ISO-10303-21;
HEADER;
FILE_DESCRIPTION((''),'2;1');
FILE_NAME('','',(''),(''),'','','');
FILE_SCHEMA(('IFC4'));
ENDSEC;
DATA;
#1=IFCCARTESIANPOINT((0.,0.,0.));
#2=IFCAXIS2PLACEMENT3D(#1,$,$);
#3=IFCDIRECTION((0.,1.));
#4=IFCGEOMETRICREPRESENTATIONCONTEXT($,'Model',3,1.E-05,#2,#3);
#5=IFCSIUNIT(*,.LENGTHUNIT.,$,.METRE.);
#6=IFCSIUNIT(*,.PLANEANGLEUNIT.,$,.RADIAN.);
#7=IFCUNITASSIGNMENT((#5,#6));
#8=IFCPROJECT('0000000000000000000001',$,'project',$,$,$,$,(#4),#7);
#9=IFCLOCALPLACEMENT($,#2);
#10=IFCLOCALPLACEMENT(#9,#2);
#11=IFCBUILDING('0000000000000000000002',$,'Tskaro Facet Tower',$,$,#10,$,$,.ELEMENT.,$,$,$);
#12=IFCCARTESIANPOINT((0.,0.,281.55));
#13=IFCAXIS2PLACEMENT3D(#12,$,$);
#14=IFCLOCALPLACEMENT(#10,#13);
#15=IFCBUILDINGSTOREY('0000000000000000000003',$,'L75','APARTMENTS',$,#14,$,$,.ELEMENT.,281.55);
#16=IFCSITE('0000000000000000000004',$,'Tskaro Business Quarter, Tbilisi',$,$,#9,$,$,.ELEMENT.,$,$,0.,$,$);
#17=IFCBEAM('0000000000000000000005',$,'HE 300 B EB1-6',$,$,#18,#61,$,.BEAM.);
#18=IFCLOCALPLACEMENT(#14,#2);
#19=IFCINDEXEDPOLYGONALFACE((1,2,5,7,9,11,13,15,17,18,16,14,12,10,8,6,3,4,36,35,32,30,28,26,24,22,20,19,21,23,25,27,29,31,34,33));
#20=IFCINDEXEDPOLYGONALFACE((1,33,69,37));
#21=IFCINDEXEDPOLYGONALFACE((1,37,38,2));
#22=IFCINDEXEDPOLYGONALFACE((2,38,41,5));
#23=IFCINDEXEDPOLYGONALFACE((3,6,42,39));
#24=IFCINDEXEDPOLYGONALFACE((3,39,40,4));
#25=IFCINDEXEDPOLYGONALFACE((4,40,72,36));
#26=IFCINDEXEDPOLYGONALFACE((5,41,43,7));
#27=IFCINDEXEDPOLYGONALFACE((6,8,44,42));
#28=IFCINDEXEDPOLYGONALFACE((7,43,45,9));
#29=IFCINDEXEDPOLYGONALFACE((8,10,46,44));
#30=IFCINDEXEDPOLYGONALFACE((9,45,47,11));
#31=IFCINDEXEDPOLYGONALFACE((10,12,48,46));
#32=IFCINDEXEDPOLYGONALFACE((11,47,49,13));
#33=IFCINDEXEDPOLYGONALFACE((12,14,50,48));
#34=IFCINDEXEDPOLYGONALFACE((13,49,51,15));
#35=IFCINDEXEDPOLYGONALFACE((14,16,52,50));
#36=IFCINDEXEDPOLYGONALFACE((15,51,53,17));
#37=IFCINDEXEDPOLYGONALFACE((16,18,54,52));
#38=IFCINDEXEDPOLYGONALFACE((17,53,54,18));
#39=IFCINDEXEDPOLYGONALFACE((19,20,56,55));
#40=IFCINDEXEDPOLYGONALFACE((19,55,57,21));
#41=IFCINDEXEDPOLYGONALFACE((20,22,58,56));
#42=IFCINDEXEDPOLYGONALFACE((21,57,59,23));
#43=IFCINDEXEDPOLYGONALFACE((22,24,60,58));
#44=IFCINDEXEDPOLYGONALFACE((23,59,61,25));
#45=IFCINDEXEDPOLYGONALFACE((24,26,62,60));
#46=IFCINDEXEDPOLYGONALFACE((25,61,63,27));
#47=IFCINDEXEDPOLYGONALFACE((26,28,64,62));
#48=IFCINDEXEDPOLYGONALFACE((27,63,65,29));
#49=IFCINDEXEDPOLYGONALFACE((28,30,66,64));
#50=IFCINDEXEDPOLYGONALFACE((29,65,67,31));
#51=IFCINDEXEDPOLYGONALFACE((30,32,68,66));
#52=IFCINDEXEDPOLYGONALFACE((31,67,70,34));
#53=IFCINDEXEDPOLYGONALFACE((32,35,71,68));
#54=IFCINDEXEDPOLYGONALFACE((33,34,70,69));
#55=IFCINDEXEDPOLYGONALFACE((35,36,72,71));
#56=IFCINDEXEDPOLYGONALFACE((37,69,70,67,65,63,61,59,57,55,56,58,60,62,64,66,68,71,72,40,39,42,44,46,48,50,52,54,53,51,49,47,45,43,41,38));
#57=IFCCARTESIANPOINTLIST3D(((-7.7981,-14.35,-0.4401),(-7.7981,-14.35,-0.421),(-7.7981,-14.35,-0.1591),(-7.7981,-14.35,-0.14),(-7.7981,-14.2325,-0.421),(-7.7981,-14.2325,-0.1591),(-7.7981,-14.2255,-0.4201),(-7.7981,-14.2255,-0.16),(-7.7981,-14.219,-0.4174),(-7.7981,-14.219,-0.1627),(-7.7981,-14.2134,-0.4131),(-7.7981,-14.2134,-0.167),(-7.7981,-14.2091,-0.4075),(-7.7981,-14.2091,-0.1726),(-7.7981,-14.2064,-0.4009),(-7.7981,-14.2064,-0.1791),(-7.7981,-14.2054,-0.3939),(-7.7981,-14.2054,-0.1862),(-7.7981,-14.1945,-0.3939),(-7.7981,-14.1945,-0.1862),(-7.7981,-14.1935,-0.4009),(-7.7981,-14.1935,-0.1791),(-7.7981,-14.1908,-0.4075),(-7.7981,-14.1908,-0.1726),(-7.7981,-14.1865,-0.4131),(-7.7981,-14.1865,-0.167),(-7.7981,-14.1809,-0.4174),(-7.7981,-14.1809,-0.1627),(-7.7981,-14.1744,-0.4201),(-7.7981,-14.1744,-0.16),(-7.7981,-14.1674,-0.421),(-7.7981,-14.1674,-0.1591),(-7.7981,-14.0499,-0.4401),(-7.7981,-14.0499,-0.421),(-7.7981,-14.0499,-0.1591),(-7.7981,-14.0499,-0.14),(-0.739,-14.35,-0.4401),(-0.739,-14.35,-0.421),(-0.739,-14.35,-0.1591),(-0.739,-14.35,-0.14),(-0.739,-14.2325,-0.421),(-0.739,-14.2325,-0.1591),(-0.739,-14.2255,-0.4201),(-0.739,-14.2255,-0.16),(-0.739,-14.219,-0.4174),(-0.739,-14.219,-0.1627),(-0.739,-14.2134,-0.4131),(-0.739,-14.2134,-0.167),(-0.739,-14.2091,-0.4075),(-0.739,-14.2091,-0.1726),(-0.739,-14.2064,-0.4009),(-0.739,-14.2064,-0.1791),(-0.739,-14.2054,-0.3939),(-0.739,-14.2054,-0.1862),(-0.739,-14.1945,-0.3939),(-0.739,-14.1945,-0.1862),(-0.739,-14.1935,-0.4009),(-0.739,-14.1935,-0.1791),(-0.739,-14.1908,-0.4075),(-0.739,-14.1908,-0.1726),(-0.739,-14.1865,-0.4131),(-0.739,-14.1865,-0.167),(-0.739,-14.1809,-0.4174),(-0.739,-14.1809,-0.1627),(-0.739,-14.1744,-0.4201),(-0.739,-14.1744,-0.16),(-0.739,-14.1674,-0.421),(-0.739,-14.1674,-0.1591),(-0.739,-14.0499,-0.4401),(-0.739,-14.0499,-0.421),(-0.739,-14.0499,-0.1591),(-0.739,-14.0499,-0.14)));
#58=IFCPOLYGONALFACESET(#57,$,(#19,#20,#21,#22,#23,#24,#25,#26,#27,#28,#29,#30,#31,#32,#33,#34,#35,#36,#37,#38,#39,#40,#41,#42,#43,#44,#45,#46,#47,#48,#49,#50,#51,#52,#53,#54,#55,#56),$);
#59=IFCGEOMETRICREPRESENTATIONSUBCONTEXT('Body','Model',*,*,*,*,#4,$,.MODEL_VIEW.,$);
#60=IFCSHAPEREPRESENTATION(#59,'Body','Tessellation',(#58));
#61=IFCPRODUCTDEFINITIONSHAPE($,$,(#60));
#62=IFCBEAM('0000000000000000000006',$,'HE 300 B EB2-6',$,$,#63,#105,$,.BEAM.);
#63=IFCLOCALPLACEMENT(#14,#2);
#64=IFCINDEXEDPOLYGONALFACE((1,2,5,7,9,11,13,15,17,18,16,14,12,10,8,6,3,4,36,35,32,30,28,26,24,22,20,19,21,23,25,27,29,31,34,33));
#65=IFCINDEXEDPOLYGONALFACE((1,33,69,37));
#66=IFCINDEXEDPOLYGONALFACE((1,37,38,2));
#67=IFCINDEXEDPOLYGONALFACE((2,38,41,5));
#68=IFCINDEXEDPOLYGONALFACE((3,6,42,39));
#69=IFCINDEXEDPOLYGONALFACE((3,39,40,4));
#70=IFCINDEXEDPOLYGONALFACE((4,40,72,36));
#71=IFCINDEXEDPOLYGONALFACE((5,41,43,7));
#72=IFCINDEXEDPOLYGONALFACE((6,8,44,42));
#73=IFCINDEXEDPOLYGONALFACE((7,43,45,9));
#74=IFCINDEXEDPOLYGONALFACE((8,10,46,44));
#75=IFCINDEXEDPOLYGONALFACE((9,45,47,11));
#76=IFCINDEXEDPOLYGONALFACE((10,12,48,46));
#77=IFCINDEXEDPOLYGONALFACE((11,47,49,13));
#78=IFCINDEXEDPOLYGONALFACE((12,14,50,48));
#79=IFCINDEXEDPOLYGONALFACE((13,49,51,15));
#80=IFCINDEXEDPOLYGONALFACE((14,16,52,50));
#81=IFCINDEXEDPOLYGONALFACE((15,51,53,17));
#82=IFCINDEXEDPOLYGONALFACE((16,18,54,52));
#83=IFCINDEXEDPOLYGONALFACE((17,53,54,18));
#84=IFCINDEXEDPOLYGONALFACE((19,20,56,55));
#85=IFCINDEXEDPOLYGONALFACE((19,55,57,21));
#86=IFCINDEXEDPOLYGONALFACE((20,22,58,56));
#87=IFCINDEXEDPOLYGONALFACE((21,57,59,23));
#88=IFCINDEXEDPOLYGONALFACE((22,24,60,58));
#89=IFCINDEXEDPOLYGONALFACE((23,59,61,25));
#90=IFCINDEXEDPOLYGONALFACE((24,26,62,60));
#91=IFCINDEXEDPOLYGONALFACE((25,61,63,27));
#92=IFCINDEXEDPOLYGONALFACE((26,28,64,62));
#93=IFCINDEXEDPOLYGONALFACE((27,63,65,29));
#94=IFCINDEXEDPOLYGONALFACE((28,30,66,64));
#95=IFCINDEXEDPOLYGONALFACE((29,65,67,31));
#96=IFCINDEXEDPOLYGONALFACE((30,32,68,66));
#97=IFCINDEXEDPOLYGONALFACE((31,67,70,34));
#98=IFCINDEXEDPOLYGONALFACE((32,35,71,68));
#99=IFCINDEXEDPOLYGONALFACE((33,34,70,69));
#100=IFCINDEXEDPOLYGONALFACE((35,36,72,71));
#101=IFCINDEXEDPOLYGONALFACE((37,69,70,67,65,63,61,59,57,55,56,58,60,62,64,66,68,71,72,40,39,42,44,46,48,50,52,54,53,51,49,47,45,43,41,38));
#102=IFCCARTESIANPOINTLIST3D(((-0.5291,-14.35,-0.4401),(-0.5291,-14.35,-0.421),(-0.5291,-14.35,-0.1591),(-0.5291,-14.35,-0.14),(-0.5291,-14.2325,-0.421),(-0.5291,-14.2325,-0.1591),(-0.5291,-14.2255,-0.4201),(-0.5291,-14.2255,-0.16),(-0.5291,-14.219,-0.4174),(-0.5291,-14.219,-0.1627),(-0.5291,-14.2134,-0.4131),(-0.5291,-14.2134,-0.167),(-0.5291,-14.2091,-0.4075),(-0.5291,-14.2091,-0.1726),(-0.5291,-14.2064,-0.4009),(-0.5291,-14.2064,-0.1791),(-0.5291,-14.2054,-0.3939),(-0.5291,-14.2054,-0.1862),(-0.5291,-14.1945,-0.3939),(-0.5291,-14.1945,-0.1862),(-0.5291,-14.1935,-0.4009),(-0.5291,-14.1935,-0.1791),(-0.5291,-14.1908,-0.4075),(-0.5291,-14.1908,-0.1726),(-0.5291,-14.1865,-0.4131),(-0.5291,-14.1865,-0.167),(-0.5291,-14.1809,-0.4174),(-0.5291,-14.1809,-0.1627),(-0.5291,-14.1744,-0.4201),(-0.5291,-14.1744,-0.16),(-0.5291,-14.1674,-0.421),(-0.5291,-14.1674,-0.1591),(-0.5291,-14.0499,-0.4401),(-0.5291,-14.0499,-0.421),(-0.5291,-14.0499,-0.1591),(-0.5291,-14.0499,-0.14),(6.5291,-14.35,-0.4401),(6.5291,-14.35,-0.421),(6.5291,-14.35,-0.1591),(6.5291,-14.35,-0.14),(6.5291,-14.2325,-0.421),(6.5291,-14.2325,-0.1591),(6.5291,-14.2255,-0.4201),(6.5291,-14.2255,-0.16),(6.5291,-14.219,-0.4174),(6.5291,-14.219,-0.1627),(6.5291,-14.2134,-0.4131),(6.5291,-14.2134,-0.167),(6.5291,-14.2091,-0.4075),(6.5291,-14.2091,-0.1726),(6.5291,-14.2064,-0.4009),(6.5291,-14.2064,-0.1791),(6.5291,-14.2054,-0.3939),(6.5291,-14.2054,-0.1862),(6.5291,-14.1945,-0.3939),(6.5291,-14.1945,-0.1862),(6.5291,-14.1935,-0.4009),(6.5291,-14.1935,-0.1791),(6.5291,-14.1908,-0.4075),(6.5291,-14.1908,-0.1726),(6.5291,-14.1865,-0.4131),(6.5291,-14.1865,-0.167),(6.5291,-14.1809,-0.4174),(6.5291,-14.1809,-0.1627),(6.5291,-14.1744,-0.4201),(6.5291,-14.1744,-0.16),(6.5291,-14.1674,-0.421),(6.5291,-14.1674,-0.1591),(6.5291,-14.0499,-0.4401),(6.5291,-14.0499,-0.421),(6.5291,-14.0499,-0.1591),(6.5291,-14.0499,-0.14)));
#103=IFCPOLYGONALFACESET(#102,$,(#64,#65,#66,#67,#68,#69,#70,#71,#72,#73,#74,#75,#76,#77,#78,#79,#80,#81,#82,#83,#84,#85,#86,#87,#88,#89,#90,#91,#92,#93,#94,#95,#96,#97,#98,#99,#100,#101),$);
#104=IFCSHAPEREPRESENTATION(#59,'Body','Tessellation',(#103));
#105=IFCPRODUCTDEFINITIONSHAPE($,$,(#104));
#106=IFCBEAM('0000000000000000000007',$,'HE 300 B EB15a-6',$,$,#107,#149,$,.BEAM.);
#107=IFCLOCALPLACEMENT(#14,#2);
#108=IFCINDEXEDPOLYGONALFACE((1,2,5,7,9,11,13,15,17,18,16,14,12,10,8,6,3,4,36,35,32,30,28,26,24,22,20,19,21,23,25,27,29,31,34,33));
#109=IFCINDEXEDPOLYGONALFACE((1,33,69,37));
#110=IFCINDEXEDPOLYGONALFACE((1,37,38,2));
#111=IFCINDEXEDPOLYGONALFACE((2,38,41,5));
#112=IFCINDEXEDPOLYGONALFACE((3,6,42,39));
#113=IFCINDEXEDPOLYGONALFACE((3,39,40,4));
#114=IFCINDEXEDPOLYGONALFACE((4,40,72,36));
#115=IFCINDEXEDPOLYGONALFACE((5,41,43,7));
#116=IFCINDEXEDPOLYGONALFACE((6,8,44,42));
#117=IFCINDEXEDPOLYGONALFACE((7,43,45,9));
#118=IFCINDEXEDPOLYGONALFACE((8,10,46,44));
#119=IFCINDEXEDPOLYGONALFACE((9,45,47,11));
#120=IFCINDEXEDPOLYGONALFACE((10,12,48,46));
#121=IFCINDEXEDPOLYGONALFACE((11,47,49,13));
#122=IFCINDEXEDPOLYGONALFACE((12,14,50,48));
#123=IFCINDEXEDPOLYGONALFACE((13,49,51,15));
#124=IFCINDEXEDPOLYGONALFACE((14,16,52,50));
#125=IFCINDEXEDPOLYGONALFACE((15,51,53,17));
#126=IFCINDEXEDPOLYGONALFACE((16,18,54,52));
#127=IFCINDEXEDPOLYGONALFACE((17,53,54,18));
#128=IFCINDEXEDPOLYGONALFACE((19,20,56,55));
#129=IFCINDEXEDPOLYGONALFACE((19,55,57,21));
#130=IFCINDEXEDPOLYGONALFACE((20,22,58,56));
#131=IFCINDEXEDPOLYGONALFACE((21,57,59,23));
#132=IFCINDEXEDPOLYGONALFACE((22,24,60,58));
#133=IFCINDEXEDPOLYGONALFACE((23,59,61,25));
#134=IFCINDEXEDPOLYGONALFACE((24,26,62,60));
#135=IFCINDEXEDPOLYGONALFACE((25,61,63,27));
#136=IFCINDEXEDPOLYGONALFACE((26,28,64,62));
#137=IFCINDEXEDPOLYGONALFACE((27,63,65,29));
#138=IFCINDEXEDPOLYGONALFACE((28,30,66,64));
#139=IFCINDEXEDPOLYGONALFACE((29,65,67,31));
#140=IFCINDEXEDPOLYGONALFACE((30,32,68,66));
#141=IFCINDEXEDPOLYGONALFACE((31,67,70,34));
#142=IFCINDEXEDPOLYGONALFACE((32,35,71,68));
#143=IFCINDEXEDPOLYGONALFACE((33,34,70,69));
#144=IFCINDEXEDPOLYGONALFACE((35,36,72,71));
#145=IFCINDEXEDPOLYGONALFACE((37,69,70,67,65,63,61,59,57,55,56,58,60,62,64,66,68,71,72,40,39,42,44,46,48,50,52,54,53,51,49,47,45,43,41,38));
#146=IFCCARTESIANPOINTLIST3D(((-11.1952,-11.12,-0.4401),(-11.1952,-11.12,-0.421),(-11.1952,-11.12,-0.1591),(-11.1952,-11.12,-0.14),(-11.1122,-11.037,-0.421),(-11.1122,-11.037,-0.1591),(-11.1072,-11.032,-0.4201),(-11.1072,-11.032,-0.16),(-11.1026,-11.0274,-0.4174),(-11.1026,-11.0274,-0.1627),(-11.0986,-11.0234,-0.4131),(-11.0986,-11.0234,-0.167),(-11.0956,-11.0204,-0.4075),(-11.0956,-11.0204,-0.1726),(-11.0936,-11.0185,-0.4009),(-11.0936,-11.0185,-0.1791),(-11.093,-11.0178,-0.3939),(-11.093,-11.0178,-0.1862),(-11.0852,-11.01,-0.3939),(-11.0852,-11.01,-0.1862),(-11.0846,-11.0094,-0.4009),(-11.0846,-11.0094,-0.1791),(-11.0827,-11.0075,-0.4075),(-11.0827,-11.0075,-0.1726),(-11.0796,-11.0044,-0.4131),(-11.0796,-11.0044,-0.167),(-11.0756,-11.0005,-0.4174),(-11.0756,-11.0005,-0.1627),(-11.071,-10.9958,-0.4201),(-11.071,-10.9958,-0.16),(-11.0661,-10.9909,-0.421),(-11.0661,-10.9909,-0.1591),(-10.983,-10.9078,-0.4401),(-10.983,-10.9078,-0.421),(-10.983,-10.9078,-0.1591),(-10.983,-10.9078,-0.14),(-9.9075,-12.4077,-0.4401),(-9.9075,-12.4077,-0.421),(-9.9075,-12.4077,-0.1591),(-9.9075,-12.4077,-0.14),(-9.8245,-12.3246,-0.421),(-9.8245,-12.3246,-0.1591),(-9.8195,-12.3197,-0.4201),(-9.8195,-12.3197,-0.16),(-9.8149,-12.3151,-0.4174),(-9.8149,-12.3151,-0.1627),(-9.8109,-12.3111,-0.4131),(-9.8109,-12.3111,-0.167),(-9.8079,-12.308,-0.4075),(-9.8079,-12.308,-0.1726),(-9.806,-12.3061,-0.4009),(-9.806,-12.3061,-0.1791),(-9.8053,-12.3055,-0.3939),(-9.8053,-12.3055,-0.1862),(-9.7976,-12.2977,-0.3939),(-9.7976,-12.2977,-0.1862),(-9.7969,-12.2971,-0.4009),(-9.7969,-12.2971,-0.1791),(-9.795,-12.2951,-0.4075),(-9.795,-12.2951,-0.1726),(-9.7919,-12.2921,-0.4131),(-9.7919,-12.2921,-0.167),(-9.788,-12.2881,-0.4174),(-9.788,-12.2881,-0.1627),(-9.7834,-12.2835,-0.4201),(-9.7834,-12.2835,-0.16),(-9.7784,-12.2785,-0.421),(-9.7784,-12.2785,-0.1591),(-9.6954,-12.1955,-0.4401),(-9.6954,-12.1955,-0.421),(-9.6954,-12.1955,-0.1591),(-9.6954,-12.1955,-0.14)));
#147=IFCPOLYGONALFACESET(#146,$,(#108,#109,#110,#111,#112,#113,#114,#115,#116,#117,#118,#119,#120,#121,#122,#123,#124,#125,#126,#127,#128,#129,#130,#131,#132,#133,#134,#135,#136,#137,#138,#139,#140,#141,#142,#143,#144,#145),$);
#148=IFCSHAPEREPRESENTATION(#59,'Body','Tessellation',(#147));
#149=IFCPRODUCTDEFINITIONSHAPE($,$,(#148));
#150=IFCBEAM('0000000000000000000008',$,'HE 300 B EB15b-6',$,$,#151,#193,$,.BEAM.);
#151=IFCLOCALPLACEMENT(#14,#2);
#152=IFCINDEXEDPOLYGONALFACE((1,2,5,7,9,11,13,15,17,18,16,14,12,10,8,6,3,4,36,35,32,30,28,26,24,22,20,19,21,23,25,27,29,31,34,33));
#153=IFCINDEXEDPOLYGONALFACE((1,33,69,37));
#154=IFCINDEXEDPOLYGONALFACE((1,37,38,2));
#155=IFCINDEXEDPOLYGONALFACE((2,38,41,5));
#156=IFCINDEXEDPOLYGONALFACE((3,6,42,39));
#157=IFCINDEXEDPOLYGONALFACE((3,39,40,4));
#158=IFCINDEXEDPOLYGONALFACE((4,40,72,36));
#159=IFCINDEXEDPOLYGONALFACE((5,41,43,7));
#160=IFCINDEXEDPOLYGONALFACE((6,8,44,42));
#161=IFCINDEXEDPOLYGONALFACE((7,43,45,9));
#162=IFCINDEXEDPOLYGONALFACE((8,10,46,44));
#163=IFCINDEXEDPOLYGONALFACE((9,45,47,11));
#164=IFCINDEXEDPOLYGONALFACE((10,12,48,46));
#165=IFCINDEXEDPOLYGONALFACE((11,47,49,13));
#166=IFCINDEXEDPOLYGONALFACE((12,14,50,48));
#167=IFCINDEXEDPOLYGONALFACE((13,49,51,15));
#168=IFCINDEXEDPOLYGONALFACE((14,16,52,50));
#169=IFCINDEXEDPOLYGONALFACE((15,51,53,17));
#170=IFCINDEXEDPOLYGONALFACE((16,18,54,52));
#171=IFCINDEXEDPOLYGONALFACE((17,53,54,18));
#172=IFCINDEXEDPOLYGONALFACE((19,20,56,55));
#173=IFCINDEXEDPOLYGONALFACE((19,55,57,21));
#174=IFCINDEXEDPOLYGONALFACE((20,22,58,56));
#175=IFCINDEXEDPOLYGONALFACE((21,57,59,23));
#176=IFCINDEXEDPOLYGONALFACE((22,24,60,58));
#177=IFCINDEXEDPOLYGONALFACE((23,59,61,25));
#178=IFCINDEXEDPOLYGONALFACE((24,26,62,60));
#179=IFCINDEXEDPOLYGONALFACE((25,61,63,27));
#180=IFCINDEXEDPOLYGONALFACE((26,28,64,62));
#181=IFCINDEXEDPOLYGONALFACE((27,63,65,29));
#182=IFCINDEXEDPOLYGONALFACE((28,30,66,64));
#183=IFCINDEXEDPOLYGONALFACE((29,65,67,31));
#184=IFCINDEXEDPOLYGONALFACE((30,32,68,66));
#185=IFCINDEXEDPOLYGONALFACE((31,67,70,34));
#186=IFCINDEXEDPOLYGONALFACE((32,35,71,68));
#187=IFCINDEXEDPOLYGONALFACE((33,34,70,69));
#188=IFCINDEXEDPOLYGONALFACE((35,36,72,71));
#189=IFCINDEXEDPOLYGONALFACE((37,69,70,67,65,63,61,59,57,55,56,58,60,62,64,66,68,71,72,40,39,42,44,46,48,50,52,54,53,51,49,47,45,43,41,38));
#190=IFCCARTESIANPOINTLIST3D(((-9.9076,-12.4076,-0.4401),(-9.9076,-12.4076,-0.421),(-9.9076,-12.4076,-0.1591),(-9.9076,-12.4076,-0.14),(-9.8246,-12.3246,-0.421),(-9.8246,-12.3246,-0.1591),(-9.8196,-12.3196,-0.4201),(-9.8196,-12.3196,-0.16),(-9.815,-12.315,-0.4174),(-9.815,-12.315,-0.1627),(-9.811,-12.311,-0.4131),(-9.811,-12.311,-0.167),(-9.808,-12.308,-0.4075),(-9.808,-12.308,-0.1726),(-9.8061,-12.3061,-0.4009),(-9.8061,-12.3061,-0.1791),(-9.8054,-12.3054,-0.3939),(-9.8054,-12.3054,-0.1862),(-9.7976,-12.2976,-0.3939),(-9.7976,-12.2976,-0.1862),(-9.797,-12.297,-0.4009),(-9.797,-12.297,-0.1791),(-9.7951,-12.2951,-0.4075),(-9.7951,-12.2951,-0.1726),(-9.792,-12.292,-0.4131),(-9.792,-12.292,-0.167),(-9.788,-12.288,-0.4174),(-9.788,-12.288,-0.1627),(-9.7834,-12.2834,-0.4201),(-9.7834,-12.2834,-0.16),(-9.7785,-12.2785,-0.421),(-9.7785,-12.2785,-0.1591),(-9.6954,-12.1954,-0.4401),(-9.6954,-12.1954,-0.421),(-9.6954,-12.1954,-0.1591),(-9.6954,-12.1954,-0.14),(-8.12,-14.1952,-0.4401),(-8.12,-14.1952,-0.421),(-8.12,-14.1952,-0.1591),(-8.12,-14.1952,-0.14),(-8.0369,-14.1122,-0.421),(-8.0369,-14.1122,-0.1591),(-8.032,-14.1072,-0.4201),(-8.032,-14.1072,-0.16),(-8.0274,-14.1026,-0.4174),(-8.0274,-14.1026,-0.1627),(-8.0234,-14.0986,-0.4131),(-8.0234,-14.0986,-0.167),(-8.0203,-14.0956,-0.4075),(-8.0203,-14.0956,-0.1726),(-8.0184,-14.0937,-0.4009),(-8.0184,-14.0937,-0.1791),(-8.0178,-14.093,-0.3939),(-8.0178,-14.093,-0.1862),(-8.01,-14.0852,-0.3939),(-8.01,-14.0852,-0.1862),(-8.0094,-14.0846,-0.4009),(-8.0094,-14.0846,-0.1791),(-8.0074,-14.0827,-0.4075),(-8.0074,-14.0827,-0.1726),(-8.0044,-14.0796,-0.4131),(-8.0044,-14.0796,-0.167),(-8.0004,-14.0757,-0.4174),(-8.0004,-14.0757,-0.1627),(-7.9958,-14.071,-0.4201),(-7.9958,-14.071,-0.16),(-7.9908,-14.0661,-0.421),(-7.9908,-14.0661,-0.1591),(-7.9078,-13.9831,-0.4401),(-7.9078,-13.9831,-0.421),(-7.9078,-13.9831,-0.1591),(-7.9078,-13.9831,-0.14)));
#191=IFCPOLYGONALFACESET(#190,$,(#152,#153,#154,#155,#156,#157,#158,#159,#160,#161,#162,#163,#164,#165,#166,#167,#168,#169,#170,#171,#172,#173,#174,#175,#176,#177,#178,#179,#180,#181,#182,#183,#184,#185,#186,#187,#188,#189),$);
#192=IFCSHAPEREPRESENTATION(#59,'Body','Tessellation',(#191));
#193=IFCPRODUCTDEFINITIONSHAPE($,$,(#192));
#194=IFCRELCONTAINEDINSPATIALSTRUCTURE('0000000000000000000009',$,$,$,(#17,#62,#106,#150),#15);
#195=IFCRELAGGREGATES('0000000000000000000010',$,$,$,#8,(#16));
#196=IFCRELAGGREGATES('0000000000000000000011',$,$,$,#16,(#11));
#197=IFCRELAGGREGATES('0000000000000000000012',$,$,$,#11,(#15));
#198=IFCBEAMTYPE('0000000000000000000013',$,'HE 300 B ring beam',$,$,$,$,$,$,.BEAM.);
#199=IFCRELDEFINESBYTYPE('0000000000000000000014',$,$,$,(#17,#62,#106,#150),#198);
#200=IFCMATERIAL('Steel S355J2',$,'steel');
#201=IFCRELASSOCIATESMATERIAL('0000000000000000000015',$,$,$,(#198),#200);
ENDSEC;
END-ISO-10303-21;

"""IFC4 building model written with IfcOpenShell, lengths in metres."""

from ifc_helpers import new_model, si_unit, direction, frame, origin, origin_2d, place, context, subcontext, project, spatial, i_section, extrude, material, material_profile, profile_set, type_object, element, save


model = new_model("IFC4")

# Units and contexts
model_context = context("Model", 3, precision=1e-05, world=origin(), true_north=direction((0.0, 1.0)))
body_context = subcontext(model_context, "Body", "Model", "MODEL_VIEW")
ifc_project = project(units=[si_unit("LENGTHUNIT", "METRE"), si_unit("PLANEANGLEUNIT", "RADIAN")], contexts=[model_context])

# Site, building, storey
site_placement = place(None, origin())
site = spatial("IfcSite", under=ifc_project, at=site_placement, Name="Tskaro Business Quarter, Tbilisi", CompositionType="ELEMENT", RefElevation=0.0)
building_placement = place(site_placement, origin())
building = spatial("IfcBuilding", under=site, at=building_placement, Name="Tskaro Facet Tower", CompositionType="ELEMENT")
storey_placement = place(building_placement, frame((0.0, 0.0, 281.55)))
storey = spatial("IfcBuildingStorey", under=building, at=storey_placement, Name="L75", Description="APARTMENTS", CompositionType="ELEMENT", Elevation=281.55)

# Shared definitions
ifc_material_1 = material(Name="Steel S355J2", Category="steel")

# Beams
ifc_material_profile_1 = material_profile(ifc_material_1, i_section(OverallWidth=0.3, OverallDepth=0.3, WebThickness=0.011, FlangeThickness=0.019, FilletRadius=0.0271, at=origin_2d()), Name="HE 300 B")
ifc_profile_set_1 = profile_set([ifc_material_profile_1], Name="Steel S355J2")
beam_type_1 = type_object("IfcBeamType", Name="HE 300 B ring beam", PredefinedType="BEAM", material=ifc_profile_set_1)
beam_1_placement = place(storey_placement, frame((-7.7981, -14.2, -0.29), z_axis=(1.0, 0.0, 0.0), x_axis=(0.0, 1.0, 0.0)))
element("IfcBeam", 1, at=beam_1_placement, inside=storey, type_object=beam_type_1, Name="HE 300 B EB1-6", PredefinedType="BEAM", context=body_context, shape_type="SweptSolid", body=[
    extrude(i_section(OverallWidth=0.3, OverallDepth=0.3, WebThickness=0.011, FlangeThickness=0.019, FilletRadius=0.0271, at=origin_2d()), origin(), (0.0, 0.0, 1.0), 7.0591),
])
beam_2_placement = place(storey_placement, frame((-0.5291, -14.2, -0.29), z_axis=(1.0, 0.0, 0.0), x_axis=(0.0, 1.0, 0.0)))
element("IfcBeam", 2, at=beam_2_placement, inside=storey, type_object=beam_type_1, Name="HE 300 B EB2-6", PredefinedType="BEAM", context=body_context, shape_type="SweptSolid", body=[
    extrude(i_section(OverallWidth=0.3, OverallDepth=0.3, WebThickness=0.011, FlangeThickness=0.019, FilletRadius=0.0271, at=origin_2d()), origin(), (0.0, 0.0, 1.0), 7.0581),
])
beam_3_placement = place(storey_placement, frame((-11.0891, -11.0139, -0.29), z_axis=(0.707107, -0.707107, 0.0), x_axis=(0.707107, 0.707107, 0.0)))
element("IfcBeam", 3, at=beam_3_placement, inside=storey, type_object=beam_type_1, Name="HE 300 B EB15a-6", PredefinedType="BEAM", context=body_context, shape_type="SweptSolid", body=[
    extrude(i_section(OverallWidth=0.3, OverallDepth=0.3, WebThickness=0.011, FlangeThickness=0.019, FilletRadius=0.0271, at=origin_2d()), origin(), (0.0, 0.0, 1.0), 1.821),
])
beam_4_placement = place(storey_placement, frame((-9.8015, -12.3015, -0.29), z_axis=(0.707107, -0.707107, 0.0), x_axis=(0.707107, 0.707107, 0.0)))
element("IfcBeam", 4, at=beam_4_placement, inside=storey, type_object=beam_type_1, Name="HE 300 B EB15b-6", PredefinedType="BEAM", context=body_context, shape_type="SweptSolid", body=[
    extrude(i_section(OverallWidth=0.3, OverallDepth=0.3, WebThickness=0.011, FlangeThickness=0.019, FilletRadius=0.0271, at=origin_2d()), origin(), (0.0, 0.0, 1.0), 2.5281),
])

save(model, "model.ifc")
